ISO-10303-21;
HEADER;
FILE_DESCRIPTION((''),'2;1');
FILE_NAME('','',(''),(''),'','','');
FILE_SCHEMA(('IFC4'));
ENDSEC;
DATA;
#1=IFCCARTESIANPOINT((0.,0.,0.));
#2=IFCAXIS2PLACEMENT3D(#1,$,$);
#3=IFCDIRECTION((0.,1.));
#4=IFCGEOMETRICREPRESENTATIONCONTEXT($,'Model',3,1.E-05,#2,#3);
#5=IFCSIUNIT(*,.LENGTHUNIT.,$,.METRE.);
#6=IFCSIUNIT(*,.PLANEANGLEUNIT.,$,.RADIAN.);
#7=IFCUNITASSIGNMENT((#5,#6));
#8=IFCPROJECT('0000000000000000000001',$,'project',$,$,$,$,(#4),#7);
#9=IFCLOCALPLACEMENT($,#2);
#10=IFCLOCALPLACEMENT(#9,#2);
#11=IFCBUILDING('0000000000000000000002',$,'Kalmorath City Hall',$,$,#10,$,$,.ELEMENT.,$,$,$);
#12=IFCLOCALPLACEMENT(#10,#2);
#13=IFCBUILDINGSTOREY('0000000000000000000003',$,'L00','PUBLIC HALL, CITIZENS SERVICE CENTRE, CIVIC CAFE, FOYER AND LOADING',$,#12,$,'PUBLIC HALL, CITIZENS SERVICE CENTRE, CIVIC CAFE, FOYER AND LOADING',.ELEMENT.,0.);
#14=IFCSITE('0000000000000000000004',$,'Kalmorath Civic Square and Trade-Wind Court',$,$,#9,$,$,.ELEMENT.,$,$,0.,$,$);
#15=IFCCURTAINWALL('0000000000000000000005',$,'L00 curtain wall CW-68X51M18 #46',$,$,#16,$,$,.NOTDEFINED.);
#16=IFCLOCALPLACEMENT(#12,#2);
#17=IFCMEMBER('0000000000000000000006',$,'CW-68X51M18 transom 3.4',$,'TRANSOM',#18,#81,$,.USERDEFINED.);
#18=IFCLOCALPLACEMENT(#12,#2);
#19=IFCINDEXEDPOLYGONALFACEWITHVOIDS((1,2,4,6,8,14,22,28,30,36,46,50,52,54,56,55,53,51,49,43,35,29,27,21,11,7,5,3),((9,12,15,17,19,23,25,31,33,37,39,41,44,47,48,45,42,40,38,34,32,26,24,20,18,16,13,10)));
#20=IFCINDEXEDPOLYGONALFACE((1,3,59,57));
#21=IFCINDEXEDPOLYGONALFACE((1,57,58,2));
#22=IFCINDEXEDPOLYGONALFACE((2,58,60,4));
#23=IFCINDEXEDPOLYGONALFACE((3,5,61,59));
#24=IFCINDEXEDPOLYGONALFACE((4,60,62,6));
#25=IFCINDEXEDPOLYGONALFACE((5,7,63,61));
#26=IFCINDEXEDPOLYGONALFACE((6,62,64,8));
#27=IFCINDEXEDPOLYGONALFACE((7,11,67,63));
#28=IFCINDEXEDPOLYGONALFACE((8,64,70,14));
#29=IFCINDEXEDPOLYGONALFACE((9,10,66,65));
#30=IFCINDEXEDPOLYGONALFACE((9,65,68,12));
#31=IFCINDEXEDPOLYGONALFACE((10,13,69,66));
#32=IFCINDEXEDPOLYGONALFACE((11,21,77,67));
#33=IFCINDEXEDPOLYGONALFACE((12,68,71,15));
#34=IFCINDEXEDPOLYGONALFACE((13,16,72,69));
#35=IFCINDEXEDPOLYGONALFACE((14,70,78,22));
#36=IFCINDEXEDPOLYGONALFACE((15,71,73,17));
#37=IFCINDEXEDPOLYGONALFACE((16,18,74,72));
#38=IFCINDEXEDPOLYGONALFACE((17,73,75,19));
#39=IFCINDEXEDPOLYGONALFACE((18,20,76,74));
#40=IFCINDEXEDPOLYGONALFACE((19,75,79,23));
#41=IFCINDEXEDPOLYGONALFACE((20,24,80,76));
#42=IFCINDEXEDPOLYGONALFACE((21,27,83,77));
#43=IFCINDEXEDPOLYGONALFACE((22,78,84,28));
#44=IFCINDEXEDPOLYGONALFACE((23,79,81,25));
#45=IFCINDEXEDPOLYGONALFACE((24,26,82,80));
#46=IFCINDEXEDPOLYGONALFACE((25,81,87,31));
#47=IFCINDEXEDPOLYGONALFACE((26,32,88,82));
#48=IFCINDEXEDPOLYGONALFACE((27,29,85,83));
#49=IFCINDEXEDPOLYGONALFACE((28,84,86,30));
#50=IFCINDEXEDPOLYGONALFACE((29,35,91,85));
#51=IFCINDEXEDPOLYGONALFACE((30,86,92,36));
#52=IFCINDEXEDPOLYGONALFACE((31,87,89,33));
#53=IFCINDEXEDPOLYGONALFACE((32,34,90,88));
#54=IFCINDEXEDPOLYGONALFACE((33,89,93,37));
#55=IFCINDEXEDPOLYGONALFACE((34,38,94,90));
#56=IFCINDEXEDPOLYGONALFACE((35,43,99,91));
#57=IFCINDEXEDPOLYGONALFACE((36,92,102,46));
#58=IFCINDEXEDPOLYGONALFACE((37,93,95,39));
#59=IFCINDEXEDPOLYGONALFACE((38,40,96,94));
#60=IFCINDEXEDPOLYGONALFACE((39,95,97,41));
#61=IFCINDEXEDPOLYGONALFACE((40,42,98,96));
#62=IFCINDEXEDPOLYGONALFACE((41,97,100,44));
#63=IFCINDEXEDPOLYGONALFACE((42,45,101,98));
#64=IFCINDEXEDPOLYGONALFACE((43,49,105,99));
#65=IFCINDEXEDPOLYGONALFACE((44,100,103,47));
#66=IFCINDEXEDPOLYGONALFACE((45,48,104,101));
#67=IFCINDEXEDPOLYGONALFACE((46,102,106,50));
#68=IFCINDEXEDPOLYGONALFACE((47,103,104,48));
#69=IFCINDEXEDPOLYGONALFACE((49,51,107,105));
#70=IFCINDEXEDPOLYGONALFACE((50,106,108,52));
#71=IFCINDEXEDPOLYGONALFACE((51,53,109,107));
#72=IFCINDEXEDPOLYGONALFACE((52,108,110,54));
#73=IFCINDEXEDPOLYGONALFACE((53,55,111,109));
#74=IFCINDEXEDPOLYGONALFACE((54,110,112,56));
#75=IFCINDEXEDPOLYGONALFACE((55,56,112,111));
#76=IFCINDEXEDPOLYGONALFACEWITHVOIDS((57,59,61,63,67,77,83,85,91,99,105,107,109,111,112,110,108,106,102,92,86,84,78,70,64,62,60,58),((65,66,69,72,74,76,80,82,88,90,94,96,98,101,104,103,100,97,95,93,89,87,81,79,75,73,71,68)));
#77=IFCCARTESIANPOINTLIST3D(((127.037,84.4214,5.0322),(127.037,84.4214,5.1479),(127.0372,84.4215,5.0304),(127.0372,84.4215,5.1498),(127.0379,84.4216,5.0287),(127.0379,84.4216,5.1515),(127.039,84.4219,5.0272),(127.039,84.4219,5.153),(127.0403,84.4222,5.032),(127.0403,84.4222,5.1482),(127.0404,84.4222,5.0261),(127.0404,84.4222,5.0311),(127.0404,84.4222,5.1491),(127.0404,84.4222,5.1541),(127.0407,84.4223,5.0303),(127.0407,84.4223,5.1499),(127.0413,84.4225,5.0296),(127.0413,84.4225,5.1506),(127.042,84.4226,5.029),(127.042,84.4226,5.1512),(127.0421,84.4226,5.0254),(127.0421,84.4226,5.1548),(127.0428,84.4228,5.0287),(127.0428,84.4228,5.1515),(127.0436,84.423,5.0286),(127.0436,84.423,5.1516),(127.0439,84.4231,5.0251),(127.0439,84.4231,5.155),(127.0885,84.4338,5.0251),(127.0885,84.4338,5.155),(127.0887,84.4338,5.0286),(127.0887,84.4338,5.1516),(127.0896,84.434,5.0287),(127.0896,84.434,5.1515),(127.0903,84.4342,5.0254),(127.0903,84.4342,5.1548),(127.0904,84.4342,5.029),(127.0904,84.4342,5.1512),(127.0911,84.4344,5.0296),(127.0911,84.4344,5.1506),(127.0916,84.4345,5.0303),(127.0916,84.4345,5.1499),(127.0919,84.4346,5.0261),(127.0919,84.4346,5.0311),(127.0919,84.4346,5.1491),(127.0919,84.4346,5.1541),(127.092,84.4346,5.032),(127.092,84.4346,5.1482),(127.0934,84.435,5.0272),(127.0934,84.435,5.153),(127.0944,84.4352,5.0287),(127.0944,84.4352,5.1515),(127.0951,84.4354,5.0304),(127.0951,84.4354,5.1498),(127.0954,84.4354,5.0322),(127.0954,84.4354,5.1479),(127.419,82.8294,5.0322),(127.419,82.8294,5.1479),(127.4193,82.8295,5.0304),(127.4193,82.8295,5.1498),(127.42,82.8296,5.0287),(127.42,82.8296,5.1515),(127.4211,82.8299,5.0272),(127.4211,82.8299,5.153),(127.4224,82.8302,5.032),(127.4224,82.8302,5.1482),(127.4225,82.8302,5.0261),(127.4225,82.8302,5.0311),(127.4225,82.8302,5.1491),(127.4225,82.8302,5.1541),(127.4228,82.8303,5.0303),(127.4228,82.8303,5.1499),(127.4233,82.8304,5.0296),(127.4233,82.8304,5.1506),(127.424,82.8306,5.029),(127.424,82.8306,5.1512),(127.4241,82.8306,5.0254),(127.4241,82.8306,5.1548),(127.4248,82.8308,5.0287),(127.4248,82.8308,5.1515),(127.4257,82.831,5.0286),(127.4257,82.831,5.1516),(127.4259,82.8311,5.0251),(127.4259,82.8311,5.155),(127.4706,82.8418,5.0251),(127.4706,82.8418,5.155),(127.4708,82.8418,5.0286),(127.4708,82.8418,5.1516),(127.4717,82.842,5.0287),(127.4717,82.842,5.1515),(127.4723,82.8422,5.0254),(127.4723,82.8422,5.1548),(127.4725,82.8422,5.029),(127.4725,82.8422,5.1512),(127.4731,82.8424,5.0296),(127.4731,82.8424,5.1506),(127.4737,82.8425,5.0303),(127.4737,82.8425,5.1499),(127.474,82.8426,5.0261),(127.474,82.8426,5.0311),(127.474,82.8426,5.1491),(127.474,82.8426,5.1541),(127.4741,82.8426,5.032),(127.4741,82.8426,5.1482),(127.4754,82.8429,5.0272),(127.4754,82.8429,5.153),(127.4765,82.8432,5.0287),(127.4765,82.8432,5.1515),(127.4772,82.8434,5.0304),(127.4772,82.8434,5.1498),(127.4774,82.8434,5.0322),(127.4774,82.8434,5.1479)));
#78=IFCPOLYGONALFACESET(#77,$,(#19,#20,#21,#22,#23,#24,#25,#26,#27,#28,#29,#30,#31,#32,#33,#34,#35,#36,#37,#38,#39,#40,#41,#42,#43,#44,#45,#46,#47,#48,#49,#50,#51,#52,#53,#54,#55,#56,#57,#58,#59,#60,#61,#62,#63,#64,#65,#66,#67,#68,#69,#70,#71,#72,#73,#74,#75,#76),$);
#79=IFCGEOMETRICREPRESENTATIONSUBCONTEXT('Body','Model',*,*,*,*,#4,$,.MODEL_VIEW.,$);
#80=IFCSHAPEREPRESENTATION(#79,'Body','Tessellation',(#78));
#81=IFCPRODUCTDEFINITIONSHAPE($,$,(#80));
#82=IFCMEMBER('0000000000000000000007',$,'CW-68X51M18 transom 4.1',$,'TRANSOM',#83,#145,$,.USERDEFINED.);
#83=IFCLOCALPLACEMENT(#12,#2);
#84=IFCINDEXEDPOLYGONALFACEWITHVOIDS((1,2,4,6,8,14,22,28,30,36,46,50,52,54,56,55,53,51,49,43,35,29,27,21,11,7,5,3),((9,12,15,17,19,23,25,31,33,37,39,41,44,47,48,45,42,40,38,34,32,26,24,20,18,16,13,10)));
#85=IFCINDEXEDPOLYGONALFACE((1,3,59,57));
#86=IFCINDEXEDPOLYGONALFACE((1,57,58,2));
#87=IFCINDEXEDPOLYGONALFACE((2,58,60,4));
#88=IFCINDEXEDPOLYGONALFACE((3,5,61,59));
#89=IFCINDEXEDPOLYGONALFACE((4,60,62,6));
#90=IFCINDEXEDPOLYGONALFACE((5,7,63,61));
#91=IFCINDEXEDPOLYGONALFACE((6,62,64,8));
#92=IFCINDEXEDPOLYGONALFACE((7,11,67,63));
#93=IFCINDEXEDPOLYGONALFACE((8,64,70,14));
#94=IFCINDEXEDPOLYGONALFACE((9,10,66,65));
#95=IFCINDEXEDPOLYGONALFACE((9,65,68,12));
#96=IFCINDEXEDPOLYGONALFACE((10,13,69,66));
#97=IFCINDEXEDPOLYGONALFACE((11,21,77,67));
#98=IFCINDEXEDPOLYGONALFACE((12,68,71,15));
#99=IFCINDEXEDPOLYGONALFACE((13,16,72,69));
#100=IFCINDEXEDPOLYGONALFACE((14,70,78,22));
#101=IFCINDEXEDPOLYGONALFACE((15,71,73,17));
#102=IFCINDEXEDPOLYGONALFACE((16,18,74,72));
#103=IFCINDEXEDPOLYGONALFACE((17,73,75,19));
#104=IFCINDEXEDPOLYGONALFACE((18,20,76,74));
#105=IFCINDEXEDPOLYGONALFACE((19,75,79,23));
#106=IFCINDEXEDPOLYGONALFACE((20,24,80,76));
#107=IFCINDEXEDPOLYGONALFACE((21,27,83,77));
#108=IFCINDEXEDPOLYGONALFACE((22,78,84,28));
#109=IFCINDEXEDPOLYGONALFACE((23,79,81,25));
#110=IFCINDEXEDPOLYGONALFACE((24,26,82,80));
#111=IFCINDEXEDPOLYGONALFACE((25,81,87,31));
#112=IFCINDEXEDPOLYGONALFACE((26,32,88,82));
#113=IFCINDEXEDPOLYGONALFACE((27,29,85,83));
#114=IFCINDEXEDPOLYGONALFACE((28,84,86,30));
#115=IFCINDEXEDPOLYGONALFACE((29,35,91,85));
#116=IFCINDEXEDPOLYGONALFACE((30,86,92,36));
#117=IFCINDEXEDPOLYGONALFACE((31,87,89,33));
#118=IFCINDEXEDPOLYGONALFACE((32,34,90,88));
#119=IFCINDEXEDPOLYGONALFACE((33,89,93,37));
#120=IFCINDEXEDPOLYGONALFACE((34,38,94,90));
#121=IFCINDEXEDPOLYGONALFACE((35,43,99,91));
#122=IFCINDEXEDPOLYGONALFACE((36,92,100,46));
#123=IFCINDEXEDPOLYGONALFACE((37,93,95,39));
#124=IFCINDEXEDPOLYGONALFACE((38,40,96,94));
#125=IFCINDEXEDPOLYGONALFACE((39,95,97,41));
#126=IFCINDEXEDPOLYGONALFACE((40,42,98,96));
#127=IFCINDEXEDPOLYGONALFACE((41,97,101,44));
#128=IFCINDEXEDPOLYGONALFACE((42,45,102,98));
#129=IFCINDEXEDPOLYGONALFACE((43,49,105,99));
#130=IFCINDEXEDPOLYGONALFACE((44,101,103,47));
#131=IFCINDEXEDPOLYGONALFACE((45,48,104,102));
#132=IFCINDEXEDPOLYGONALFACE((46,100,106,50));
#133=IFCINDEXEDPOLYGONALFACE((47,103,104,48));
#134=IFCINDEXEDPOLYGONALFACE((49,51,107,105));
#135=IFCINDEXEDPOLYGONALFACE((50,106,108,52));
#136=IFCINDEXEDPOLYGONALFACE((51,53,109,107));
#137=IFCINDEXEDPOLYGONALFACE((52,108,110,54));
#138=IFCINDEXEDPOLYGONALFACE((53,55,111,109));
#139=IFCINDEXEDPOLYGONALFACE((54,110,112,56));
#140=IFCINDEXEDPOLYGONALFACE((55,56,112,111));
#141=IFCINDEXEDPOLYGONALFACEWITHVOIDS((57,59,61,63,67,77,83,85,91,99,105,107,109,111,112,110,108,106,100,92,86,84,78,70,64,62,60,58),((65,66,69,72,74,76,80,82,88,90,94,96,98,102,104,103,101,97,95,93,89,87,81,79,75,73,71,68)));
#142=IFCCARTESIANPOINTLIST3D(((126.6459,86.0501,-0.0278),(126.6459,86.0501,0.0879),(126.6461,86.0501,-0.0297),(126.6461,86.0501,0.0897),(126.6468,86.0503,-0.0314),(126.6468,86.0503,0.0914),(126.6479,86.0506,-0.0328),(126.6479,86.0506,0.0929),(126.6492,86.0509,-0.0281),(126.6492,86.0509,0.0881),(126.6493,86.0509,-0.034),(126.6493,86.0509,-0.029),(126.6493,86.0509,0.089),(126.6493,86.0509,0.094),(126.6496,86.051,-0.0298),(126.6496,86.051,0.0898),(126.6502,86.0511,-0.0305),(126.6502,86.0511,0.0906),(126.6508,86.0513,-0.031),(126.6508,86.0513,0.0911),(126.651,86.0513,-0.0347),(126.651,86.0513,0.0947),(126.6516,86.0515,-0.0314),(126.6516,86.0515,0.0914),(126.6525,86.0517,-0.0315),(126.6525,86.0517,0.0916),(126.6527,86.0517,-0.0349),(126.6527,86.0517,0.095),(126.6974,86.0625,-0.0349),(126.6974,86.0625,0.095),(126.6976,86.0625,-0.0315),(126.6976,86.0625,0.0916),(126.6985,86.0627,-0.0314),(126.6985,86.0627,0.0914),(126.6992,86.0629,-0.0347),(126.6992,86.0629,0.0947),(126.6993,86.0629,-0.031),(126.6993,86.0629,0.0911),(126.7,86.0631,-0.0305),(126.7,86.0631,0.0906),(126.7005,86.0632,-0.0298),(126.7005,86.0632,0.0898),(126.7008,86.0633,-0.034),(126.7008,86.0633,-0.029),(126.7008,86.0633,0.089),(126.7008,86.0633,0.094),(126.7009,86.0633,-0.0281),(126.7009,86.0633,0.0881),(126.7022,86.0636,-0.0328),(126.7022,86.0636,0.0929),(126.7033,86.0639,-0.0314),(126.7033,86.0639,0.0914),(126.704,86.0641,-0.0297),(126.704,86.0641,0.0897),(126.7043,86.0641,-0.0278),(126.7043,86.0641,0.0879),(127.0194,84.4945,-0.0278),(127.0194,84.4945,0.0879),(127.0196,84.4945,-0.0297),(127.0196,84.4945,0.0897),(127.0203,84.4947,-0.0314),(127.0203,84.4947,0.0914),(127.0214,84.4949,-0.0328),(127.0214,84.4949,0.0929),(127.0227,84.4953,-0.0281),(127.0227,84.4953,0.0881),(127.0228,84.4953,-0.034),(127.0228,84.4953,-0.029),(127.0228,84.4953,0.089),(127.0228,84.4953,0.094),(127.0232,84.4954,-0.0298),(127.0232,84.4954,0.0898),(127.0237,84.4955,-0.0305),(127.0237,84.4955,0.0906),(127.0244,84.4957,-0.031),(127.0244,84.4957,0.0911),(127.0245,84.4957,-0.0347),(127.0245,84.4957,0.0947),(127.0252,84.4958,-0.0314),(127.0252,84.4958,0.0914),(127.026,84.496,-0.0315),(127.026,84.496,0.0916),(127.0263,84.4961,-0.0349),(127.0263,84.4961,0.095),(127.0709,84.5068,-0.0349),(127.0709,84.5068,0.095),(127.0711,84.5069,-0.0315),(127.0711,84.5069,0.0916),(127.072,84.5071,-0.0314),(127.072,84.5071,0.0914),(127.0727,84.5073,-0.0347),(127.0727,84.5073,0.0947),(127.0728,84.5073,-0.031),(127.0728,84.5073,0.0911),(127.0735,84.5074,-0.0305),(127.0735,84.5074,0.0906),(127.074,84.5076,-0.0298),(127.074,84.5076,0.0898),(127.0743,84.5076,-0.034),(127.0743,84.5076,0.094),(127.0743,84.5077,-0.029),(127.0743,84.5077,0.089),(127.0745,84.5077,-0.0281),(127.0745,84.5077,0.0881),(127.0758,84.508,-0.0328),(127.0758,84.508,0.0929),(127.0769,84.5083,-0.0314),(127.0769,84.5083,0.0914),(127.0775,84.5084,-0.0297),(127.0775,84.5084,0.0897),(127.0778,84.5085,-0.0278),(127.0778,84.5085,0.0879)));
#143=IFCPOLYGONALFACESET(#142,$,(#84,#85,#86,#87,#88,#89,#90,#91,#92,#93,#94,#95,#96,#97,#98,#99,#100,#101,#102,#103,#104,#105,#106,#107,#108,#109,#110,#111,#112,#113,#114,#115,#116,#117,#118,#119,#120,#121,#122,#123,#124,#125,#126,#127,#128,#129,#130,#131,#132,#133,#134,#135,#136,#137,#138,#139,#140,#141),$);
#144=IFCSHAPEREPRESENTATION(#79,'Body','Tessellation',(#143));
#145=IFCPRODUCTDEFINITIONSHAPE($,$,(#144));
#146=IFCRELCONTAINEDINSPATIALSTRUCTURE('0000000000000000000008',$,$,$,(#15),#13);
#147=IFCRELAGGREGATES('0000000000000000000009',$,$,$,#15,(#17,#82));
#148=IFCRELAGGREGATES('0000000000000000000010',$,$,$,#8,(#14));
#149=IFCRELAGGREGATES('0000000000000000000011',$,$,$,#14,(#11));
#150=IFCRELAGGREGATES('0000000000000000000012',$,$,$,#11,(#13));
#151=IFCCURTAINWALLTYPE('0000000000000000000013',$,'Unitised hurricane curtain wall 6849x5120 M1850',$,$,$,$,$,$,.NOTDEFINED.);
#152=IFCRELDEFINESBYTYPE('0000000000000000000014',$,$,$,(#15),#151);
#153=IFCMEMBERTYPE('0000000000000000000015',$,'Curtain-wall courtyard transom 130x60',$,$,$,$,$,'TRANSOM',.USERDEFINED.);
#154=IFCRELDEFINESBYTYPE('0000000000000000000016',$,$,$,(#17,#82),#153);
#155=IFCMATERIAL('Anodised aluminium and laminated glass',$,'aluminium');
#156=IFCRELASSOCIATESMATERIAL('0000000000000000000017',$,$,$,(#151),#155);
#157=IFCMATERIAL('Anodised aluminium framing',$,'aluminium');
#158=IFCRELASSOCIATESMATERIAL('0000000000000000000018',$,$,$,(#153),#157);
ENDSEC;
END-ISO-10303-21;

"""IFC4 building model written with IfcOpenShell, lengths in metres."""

from ifc_helpers import new_model, si_unit, direction, frame, origin, origin_2d, place, context, subcontext, project, spatial, hollow_rectangle, extrude, material, material_profile, profile_set, type_object, element, aggregate, save


model = new_model("IFC4")

# Units and contexts
model_context = context("Model", 3, precision=1e-05, world=origin(), true_north=direction((0.0, 1.0)))
body_context = subcontext(model_context, "Body", "Model", "MODEL_VIEW")
ifc_project = project(units=[si_unit("LENGTHUNIT", "METRE"), si_unit("PLANEANGLEUNIT", "RADIAN")], contexts=[model_context])

# Site, building, storey
site_placement = place(None, origin())
site = spatial("IfcSite", under=ifc_project, at=site_placement, Name="Kalmorath Civic Square and Trade-Wind Court", CompositionType="ELEMENT", RefElevation=0.0)
building_placement = place(site_placement, origin())
building = spatial("IfcBuilding", under=site, at=building_placement, Name="Kalmorath City Hall", CompositionType="ELEMENT")
storey_placement = place(building_placement, origin())
storey = spatial("IfcBuildingStorey", under=building, at=storey_placement, Name="L00", Description="PUBLIC HALL, CITIZENS SERVICE CENTRE, CIVIC CAFE, FOYER AND LOADING", LongName="PUBLIC HALL, CITIZENS SERVICE CENTRE, CIVIC CAFE, FOYER AND LOADING", CompositionType="ELEMENT", Elevation=0.0)

# Curtain wall, members
ifc_material_1 = material(Name="Anodised aluminium and laminated glass", Category="aluminium")
curtain_wall_type_1 = type_object("IfcCurtainWallType", Name="Unitised hurricane curtain wall 6849x5120 M1850", PredefinedType="NOTDEFINED", material=ifc_material_1)
curtain_wall_1_placement = place(storey_placement, origin())
curtain_wall_1 = element("IfcCurtainWall", 1, at=curtain_wall_1_placement, inside=storey, type_object=curtain_wall_type_1, Name="L00 curtain wall CW-68X51M18 #46", PredefinedType="NOTDEFINED")
ifc_material_2 = material(Name="Anodised aluminium framing", Category="aluminium")
ifc_material_profile_1 = material_profile(ifc_material_2, hollow_rectangle(XDim=0.0601, YDim=0.1299, WallThickness=0.0034, InnerFilletRadius=0.0034, OuterFilletRadius=0.0071, at=origin_2d()), Name="ALU-TRN-130X60X3.5")
ifc_profile_set_1 = profile_set([ifc_material_profile_1], Name="Anodised aluminium framing")
member_type_1 = type_object("IfcMemberType", Name="Curtain-wall courtyard transom 130x60", ElementType="TRANSOM", PredefinedType="USERDEFINED", material=ifc_profile_set_1)
member_1_placement = place(storey_placement, frame((127.4482, 82.8364, 5.0901), z_axis=(-0.233367, 0.972389, 0.0), x_axis=(-0.972389, -0.233367, 0.0)))
member_1 = element("IfcMember", 2, at=member_1_placement, type_object=member_type_1, Name="CW-68X51M18 transom 3.4", ObjectType="TRANSOM", PredefinedType="USERDEFINED", context=body_context, shape_type="SweptSolid", body=[
    extrude(hollow_rectangle(XDim=0.0601, YDim=0.1299, WallThickness=0.0034, InnerFilletRadius=0.0034, OuterFilletRadius=0.0071, at=origin_2d()), origin(), (0.0, 0.0, 1.0), 1.6372),
])
member_2_placement = place(storey_placement, frame((127.0486, 84.5015, 0.03), z_axis=(-0.233477, 0.972362, 0.0), x_axis=(-0.972362, -0.233477, 0.0)))
member_2 = element("IfcMember", 3, at=member_2_placement, type_object=member_type_1, Name="CW-68X51M18 transom 4.1", ObjectType="TRANSOM", PredefinedType="USERDEFINED", context=body_context, shape_type="SweptSolid", body=[
    extrude(hollow_rectangle(XDim=0.0601, YDim=0.1299, WallThickness=0.0034, InnerFilletRadius=0.0034, OuterFilletRadius=0.0071, at=origin_2d()), origin(), (0.0, 0.0, 1.0), 1.5999),
])

aggregate(curtain_wall_1, [member_1, member_2])

save(model, "model.ifc")
